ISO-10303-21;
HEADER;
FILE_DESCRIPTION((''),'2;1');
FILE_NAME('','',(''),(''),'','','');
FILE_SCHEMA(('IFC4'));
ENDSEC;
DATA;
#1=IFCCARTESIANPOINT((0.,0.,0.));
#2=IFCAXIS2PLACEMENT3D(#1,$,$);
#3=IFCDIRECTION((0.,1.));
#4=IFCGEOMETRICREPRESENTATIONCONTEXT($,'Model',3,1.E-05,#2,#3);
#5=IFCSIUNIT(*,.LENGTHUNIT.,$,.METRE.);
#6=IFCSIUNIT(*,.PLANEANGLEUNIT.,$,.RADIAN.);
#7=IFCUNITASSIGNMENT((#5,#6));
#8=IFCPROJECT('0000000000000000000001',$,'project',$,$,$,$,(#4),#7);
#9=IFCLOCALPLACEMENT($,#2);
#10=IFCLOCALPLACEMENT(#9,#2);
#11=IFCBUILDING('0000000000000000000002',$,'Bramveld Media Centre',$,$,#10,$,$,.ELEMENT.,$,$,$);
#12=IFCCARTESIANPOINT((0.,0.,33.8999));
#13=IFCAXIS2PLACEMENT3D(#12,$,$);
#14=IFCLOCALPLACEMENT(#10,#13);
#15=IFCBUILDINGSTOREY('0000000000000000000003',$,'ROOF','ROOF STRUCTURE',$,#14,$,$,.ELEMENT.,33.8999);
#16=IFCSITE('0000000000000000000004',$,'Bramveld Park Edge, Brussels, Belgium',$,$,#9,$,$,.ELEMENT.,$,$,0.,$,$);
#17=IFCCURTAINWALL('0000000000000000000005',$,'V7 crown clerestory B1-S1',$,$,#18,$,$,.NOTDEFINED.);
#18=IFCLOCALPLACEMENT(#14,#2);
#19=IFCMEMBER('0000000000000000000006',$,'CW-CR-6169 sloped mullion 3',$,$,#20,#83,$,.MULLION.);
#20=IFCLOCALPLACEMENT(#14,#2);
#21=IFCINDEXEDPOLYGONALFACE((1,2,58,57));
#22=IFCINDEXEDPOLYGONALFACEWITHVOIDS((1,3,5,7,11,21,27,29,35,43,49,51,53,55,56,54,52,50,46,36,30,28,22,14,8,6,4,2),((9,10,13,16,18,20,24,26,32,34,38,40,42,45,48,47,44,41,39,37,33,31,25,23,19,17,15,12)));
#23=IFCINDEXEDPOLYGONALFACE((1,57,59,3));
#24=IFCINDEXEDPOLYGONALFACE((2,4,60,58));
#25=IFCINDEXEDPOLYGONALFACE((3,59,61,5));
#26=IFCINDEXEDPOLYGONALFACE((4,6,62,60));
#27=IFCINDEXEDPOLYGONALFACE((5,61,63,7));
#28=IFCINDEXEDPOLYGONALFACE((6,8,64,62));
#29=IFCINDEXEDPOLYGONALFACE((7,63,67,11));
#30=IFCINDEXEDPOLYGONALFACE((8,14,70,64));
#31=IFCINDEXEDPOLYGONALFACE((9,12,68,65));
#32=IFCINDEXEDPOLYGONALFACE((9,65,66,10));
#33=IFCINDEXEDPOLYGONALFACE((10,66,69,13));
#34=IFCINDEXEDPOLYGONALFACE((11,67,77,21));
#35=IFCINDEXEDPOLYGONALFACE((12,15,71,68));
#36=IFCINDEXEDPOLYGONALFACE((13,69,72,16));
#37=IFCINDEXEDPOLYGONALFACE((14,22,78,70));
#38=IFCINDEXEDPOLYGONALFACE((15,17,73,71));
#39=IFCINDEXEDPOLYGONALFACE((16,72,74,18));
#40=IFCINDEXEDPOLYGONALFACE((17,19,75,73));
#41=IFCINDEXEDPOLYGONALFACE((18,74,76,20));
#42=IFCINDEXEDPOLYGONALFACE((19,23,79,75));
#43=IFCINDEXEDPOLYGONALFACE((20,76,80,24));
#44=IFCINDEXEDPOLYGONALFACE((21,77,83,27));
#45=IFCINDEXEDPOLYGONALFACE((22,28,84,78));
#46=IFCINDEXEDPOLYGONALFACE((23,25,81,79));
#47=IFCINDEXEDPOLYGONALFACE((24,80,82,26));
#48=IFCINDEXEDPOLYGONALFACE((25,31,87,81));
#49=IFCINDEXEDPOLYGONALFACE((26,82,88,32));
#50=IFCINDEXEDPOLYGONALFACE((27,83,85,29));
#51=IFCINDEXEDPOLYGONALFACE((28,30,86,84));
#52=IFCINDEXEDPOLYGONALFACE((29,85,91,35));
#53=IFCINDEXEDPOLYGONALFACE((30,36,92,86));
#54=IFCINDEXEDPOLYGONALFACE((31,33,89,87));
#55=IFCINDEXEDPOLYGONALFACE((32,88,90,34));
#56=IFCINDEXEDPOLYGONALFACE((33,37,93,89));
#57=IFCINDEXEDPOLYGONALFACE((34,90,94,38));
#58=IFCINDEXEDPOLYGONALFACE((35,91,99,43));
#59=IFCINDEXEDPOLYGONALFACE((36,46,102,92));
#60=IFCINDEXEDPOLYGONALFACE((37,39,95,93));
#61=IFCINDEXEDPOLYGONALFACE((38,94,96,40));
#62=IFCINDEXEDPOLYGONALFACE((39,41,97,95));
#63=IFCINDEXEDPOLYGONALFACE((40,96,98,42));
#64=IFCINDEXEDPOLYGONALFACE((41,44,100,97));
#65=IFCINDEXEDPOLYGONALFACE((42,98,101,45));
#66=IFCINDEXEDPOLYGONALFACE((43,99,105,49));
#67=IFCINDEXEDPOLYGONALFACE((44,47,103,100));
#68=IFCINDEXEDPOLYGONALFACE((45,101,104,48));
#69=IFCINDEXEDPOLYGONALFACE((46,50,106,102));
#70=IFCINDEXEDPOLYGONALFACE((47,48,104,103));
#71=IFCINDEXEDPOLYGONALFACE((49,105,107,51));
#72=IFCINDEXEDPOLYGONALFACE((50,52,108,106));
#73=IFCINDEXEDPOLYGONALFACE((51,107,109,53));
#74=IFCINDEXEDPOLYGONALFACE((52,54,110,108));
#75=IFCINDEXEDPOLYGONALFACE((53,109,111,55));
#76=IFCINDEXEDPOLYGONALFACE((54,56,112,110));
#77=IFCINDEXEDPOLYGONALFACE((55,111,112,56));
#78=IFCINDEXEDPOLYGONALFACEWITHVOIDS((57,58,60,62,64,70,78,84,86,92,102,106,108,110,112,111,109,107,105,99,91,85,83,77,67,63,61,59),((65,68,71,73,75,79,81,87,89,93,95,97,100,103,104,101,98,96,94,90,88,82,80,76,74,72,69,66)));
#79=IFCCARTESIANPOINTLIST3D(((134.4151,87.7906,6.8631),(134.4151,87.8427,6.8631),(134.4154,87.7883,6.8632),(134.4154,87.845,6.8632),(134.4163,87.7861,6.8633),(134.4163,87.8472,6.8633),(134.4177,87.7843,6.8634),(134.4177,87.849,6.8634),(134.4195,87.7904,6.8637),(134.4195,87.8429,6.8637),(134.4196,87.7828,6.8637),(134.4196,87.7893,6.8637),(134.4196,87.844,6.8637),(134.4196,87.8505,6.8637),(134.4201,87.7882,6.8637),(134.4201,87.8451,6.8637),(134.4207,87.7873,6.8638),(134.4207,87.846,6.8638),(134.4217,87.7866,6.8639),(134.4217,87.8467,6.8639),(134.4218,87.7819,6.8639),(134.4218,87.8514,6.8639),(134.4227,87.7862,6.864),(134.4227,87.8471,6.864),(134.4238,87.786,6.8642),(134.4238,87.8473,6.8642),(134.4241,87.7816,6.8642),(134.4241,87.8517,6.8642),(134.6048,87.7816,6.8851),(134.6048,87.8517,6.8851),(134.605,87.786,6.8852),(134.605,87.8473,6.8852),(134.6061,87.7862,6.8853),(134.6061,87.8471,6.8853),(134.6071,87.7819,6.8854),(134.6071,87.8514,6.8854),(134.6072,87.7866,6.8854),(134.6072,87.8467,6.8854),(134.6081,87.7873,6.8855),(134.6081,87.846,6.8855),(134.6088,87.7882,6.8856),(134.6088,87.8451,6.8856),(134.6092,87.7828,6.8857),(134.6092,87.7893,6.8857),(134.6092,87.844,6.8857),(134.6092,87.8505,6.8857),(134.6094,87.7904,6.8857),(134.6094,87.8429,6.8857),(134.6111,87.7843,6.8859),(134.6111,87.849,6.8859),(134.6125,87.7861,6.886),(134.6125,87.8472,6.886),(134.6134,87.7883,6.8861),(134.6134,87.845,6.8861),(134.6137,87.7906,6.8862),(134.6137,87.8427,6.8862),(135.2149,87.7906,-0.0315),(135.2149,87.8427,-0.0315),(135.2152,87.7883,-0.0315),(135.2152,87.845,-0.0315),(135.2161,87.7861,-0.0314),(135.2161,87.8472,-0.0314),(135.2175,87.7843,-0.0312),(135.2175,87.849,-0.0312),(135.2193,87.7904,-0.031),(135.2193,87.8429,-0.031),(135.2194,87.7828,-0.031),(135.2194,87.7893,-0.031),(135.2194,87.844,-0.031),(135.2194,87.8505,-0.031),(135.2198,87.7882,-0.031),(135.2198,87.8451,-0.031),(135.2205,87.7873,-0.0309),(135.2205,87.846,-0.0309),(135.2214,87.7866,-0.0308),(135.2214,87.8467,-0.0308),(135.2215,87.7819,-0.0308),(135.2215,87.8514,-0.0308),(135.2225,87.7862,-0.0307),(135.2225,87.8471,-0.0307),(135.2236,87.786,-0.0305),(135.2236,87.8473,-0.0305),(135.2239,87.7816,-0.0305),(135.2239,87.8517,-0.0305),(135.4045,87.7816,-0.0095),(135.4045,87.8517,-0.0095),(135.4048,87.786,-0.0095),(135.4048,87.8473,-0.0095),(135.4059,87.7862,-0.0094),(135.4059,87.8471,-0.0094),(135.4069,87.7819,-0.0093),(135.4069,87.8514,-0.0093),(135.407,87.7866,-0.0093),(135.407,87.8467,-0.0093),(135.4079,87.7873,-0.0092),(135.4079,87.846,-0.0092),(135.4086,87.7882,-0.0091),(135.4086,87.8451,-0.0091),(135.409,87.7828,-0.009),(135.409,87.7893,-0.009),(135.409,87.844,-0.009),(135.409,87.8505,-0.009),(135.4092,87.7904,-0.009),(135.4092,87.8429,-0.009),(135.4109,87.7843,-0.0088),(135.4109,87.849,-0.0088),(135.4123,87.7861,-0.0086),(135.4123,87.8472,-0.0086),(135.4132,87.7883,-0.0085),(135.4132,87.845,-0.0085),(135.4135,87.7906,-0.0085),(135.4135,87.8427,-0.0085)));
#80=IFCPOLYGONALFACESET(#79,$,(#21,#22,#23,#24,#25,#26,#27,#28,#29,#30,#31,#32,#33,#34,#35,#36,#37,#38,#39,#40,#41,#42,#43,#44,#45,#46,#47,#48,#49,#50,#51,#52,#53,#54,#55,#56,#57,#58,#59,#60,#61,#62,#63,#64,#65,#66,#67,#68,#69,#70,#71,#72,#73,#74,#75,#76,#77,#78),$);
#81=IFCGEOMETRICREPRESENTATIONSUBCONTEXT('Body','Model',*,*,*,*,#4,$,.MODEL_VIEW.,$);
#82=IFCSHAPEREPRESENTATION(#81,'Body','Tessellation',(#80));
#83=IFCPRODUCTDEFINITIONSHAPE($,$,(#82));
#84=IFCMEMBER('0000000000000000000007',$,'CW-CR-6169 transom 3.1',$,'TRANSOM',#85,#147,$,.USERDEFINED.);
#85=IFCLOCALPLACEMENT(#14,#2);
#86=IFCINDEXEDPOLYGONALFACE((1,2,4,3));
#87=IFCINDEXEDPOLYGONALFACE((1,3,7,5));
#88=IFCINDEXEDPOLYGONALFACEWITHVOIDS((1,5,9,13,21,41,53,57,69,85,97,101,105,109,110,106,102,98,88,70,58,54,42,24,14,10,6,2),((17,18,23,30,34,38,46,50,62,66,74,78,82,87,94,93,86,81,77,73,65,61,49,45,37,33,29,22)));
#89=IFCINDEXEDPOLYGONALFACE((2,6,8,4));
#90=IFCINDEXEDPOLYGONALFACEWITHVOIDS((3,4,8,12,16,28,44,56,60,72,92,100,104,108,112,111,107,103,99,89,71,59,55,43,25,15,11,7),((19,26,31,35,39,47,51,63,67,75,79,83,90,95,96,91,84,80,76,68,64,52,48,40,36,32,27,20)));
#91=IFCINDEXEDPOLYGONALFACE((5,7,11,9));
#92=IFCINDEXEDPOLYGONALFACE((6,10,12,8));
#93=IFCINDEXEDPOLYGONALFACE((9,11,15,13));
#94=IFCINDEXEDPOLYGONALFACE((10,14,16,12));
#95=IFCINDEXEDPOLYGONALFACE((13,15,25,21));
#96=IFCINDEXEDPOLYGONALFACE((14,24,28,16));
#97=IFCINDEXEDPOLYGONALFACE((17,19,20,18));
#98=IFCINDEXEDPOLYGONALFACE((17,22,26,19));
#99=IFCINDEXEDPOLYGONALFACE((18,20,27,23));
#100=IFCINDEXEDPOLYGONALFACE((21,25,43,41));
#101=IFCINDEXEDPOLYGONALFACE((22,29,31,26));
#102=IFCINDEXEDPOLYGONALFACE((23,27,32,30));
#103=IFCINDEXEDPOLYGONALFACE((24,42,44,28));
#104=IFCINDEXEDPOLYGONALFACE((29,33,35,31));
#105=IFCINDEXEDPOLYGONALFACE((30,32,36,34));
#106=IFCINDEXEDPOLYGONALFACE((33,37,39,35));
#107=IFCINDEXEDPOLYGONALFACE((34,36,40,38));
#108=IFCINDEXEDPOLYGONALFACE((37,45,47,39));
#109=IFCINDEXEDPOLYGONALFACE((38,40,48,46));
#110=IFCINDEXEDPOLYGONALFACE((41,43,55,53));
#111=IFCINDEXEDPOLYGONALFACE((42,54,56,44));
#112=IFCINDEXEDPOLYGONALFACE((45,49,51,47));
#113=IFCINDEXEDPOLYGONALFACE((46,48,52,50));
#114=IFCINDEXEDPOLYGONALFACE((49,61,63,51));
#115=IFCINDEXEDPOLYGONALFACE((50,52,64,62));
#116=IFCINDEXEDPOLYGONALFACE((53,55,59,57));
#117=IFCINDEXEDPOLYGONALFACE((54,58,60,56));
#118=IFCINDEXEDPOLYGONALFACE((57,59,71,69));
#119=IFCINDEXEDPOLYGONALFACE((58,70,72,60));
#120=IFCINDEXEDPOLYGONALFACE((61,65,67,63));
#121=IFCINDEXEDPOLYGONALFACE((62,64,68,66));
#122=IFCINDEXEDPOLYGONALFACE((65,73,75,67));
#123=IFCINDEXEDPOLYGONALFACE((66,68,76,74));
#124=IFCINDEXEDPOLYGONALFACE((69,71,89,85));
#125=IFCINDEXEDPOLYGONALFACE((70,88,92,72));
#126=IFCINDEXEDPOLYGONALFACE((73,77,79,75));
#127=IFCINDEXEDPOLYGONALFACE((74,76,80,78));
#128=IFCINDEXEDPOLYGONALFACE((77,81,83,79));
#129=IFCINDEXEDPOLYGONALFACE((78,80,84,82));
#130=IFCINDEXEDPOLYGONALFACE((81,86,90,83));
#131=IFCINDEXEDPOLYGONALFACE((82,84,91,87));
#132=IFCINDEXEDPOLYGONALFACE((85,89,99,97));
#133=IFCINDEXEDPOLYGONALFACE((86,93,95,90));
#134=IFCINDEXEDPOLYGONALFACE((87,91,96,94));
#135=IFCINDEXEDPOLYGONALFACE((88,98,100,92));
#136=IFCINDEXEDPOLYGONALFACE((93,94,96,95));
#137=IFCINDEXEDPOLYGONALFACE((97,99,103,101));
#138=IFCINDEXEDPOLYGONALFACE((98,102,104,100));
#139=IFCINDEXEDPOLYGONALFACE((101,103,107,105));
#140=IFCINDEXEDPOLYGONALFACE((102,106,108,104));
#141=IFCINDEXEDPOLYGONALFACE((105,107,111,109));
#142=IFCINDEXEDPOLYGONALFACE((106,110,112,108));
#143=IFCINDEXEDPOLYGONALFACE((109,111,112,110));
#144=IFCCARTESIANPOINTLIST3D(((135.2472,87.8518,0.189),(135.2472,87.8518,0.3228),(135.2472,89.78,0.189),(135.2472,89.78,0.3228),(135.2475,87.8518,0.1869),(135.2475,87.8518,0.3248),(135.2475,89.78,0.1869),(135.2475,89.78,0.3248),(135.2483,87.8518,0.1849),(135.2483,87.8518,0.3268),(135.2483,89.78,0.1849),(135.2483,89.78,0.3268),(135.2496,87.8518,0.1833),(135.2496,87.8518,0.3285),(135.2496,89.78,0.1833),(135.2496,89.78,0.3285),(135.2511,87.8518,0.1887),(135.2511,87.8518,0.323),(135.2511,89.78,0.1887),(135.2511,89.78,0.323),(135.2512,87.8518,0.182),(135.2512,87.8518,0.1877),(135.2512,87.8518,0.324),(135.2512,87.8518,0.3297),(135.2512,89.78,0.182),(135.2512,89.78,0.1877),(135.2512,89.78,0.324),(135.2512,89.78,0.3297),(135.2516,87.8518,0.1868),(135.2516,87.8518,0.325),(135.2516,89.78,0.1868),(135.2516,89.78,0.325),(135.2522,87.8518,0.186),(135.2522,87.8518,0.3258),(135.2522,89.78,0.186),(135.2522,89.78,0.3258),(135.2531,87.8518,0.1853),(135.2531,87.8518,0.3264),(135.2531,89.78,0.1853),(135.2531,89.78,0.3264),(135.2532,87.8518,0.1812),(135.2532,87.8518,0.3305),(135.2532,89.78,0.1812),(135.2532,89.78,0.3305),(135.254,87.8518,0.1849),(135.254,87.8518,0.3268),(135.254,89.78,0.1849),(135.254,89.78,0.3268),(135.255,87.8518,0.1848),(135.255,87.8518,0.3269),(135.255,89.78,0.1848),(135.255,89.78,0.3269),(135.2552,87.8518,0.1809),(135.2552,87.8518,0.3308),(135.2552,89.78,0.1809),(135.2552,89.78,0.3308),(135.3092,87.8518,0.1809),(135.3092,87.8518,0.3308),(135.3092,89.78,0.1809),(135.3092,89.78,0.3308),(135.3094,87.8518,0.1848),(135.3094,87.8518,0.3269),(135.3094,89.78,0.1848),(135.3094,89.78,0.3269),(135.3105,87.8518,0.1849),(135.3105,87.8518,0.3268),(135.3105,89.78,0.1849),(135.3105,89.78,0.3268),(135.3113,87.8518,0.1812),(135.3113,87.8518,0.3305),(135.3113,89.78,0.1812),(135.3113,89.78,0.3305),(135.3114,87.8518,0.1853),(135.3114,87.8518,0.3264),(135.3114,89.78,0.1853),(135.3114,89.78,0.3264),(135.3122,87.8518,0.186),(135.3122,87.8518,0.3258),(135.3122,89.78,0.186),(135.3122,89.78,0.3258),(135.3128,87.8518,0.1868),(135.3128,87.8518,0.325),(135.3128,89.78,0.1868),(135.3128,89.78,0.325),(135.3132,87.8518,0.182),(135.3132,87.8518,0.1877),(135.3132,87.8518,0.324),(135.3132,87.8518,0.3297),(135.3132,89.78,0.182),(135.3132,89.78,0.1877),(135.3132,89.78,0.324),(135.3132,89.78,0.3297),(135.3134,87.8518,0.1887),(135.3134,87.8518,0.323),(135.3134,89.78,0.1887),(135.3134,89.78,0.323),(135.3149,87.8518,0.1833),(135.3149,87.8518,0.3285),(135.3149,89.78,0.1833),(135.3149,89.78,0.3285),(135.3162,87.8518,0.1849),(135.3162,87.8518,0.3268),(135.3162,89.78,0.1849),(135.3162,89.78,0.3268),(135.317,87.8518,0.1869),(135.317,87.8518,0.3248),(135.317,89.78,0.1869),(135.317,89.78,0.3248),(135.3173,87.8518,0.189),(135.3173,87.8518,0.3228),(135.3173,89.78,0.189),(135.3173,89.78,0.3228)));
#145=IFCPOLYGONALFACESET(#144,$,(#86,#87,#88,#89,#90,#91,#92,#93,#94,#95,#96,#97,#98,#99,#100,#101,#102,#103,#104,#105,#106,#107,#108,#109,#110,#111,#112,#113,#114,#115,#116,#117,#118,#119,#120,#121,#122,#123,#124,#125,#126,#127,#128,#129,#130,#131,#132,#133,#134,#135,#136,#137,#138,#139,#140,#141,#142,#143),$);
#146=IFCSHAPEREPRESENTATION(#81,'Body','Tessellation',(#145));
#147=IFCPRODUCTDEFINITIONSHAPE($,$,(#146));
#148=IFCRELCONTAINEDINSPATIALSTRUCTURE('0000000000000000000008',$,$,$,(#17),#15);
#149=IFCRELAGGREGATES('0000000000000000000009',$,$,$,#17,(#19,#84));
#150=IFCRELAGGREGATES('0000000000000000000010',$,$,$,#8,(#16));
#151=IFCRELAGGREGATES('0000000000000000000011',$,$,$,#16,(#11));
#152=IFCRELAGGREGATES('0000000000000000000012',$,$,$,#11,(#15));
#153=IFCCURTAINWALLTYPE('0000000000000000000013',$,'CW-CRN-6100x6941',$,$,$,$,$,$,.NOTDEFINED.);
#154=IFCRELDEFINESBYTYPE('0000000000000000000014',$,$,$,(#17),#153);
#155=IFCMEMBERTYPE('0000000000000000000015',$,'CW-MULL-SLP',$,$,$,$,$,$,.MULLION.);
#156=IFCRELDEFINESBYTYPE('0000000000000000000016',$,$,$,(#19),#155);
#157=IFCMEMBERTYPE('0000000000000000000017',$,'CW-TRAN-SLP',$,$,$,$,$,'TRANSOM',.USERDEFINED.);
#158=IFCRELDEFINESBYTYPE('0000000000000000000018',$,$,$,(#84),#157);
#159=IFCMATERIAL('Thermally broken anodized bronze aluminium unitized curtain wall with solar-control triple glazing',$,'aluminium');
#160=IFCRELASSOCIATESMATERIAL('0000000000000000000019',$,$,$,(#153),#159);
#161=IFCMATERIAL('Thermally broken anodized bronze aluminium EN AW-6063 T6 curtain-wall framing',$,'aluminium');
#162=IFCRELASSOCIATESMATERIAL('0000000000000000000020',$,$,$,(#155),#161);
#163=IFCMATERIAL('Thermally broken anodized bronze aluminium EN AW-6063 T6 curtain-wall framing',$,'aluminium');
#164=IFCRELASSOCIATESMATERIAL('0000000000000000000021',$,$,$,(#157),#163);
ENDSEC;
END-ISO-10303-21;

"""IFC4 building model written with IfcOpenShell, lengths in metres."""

from ifc_helpers import new_model, si_unit, direction, frame, origin, origin_2d, place, context, subcontext, project, spatial, hollow_rectangle, extrude, material, material_profile, profile_set, type_object, element, aggregate, save


model = new_model("IFC4")

# Units and contexts
model_context = context("Model", 3, precision=1e-05, world=origin(), true_north=direction((0.0, 1.0)))
body_context = subcontext(model_context, "Body", "Model", "MODEL_VIEW")
ifc_project = project(units=[si_unit("LENGTHUNIT", "METRE"), si_unit("PLANEANGLEUNIT", "RADIAN")], contexts=[model_context])

# Site, building, storey
site_placement = place(None, origin())
site = spatial("IfcSite", under=ifc_project, at=site_placement, Name="Bramveld Park Edge, Brussels, Belgium", CompositionType="ELEMENT", RefElevation=0.0)
building_placement = place(site_placement, origin())
building = spatial("IfcBuilding", under=site, at=building_placement, Name="Bramveld Media Centre", CompositionType="ELEMENT")
storey_placement = place(building_placement, frame((0.0, 0.0, 33.8999)))
storey = spatial("IfcBuildingStorey", under=building, at=storey_placement, Name="ROOF", Description="ROOF STRUCTURE", CompositionType="ELEMENT", Elevation=33.8999)

# Curtain wall, members
ifc_material_1 = material(Name="Thermally broken anodized bronze aluminium unitized curtain wall with solar-control triple glazing", Category="aluminium")
curtain_wall_type = type_object("IfcCurtainWallType", Name="CW-CRN-6100x6941", PredefinedType="NOTDEFINED", material=ifc_material_1)
curtain_wall_1_placement = place(storey_placement, origin())
curtain_wall_1 = element("IfcCurtainWall", 1, at=curtain_wall_1_placement, inside=storey, type_object=curtain_wall_type, Name="V7 crown clerestory B1-S1", PredefinedType="NOTDEFINED")
ifc_material_2 = material(Name="Thermally broken anodized bronze aluminium EN AW-6063 T6 curtain-wall framing", Category="aluminium")
ifc_material_profile_1 = material_profile(ifc_material_2, hollow_rectangle(XDim=0.0701, YDim=0.2, WallThickness=0.0044, InnerFilletRadius=0.0044, OuterFilletRadius=0.009, at=origin_2d()), Name="AL-MULL 70x200")
ifc_profile_set_1 = profile_set([ifc_material_profile_1], Name="Thermally broken anodized bronze aluminium EN AW-6063 T6 curtain-wall framing")
member_type_1 = type_object("IfcMemberType", Name="CW-MULL-SLP", PredefinedType="MULLION", material=ifc_profile_set_1)
member_1_placement = place(storey_placement, frame((135.3142, 87.8167, -0.02), z_axis=(-0.115229, 0.0, 0.993339), x_axis=(0.0, -1.0, 0.0)))
member_1 = element("IfcMember", 2, at=member_1_placement, type_object=member_type_1, Name="CW-CR-6169 sloped mullion 3", PredefinedType="MULLION", context=body_context, shape_type="SweptSolid", body=[
    extrude(hollow_rectangle(XDim=0.0701, YDim=0.2, WallThickness=0.0044, InnerFilletRadius=0.0044, OuterFilletRadius=0.009, at=origin_2d()), origin(), (0.0, 0.0, 1.0), 6.9409),
])
ifc_material_3 = material(Name="Thermally broken anodized bronze aluminium EN AW-6063 T6 curtain-wall framing", Category="aluminium")
ifc_material_profile_2 = material_profile(ifc_material_3, hollow_rectangle(XDim=0.0701, YDim=0.1499, WallThickness=0.0039, InnerFilletRadius=0.0039, OuterFilletRadius=0.0081, at=origin_2d()), Name="AL-TRAN 70x150")
ifc_profile_set_2 = profile_set([ifc_material_profile_2], Name="Thermally broken anodized bronze aluminium EN AW-6063 T6 curtain-wall framing")
member_type_2 = type_object("IfcMemberType", Name="CW-TRAN-SLP", ElementType="TRANSOM", PredefinedType="USERDEFINED", material=ifc_profile_set_2)
member_2_placement = place(storey_placement, frame((135.2822, 87.8518, 0.2559), z_axis=(0.0, 1.0, 0.0), x_axis=(-1.0, 0.0, 0.0)))
member_2 = element("IfcMember", 3, at=member_2_placement, type_object=member_type_2, Name="CW-CR-6169 transom 3.1", ObjectType="TRANSOM", PredefinedType="USERDEFINED", context=body_context, shape_type="SweptSolid", body=[
    extrude(hollow_rectangle(XDim=0.0701, YDim=0.1499, WallThickness=0.0039, InnerFilletRadius=0.0039, OuterFilletRadius=0.0081, at=origin_2d()), origin(), (0.0, 0.0, 1.0), 1.9282),
])
aggregate(curtain_wall_1, [member_1, member_2])

save(model, "model.ifc")
